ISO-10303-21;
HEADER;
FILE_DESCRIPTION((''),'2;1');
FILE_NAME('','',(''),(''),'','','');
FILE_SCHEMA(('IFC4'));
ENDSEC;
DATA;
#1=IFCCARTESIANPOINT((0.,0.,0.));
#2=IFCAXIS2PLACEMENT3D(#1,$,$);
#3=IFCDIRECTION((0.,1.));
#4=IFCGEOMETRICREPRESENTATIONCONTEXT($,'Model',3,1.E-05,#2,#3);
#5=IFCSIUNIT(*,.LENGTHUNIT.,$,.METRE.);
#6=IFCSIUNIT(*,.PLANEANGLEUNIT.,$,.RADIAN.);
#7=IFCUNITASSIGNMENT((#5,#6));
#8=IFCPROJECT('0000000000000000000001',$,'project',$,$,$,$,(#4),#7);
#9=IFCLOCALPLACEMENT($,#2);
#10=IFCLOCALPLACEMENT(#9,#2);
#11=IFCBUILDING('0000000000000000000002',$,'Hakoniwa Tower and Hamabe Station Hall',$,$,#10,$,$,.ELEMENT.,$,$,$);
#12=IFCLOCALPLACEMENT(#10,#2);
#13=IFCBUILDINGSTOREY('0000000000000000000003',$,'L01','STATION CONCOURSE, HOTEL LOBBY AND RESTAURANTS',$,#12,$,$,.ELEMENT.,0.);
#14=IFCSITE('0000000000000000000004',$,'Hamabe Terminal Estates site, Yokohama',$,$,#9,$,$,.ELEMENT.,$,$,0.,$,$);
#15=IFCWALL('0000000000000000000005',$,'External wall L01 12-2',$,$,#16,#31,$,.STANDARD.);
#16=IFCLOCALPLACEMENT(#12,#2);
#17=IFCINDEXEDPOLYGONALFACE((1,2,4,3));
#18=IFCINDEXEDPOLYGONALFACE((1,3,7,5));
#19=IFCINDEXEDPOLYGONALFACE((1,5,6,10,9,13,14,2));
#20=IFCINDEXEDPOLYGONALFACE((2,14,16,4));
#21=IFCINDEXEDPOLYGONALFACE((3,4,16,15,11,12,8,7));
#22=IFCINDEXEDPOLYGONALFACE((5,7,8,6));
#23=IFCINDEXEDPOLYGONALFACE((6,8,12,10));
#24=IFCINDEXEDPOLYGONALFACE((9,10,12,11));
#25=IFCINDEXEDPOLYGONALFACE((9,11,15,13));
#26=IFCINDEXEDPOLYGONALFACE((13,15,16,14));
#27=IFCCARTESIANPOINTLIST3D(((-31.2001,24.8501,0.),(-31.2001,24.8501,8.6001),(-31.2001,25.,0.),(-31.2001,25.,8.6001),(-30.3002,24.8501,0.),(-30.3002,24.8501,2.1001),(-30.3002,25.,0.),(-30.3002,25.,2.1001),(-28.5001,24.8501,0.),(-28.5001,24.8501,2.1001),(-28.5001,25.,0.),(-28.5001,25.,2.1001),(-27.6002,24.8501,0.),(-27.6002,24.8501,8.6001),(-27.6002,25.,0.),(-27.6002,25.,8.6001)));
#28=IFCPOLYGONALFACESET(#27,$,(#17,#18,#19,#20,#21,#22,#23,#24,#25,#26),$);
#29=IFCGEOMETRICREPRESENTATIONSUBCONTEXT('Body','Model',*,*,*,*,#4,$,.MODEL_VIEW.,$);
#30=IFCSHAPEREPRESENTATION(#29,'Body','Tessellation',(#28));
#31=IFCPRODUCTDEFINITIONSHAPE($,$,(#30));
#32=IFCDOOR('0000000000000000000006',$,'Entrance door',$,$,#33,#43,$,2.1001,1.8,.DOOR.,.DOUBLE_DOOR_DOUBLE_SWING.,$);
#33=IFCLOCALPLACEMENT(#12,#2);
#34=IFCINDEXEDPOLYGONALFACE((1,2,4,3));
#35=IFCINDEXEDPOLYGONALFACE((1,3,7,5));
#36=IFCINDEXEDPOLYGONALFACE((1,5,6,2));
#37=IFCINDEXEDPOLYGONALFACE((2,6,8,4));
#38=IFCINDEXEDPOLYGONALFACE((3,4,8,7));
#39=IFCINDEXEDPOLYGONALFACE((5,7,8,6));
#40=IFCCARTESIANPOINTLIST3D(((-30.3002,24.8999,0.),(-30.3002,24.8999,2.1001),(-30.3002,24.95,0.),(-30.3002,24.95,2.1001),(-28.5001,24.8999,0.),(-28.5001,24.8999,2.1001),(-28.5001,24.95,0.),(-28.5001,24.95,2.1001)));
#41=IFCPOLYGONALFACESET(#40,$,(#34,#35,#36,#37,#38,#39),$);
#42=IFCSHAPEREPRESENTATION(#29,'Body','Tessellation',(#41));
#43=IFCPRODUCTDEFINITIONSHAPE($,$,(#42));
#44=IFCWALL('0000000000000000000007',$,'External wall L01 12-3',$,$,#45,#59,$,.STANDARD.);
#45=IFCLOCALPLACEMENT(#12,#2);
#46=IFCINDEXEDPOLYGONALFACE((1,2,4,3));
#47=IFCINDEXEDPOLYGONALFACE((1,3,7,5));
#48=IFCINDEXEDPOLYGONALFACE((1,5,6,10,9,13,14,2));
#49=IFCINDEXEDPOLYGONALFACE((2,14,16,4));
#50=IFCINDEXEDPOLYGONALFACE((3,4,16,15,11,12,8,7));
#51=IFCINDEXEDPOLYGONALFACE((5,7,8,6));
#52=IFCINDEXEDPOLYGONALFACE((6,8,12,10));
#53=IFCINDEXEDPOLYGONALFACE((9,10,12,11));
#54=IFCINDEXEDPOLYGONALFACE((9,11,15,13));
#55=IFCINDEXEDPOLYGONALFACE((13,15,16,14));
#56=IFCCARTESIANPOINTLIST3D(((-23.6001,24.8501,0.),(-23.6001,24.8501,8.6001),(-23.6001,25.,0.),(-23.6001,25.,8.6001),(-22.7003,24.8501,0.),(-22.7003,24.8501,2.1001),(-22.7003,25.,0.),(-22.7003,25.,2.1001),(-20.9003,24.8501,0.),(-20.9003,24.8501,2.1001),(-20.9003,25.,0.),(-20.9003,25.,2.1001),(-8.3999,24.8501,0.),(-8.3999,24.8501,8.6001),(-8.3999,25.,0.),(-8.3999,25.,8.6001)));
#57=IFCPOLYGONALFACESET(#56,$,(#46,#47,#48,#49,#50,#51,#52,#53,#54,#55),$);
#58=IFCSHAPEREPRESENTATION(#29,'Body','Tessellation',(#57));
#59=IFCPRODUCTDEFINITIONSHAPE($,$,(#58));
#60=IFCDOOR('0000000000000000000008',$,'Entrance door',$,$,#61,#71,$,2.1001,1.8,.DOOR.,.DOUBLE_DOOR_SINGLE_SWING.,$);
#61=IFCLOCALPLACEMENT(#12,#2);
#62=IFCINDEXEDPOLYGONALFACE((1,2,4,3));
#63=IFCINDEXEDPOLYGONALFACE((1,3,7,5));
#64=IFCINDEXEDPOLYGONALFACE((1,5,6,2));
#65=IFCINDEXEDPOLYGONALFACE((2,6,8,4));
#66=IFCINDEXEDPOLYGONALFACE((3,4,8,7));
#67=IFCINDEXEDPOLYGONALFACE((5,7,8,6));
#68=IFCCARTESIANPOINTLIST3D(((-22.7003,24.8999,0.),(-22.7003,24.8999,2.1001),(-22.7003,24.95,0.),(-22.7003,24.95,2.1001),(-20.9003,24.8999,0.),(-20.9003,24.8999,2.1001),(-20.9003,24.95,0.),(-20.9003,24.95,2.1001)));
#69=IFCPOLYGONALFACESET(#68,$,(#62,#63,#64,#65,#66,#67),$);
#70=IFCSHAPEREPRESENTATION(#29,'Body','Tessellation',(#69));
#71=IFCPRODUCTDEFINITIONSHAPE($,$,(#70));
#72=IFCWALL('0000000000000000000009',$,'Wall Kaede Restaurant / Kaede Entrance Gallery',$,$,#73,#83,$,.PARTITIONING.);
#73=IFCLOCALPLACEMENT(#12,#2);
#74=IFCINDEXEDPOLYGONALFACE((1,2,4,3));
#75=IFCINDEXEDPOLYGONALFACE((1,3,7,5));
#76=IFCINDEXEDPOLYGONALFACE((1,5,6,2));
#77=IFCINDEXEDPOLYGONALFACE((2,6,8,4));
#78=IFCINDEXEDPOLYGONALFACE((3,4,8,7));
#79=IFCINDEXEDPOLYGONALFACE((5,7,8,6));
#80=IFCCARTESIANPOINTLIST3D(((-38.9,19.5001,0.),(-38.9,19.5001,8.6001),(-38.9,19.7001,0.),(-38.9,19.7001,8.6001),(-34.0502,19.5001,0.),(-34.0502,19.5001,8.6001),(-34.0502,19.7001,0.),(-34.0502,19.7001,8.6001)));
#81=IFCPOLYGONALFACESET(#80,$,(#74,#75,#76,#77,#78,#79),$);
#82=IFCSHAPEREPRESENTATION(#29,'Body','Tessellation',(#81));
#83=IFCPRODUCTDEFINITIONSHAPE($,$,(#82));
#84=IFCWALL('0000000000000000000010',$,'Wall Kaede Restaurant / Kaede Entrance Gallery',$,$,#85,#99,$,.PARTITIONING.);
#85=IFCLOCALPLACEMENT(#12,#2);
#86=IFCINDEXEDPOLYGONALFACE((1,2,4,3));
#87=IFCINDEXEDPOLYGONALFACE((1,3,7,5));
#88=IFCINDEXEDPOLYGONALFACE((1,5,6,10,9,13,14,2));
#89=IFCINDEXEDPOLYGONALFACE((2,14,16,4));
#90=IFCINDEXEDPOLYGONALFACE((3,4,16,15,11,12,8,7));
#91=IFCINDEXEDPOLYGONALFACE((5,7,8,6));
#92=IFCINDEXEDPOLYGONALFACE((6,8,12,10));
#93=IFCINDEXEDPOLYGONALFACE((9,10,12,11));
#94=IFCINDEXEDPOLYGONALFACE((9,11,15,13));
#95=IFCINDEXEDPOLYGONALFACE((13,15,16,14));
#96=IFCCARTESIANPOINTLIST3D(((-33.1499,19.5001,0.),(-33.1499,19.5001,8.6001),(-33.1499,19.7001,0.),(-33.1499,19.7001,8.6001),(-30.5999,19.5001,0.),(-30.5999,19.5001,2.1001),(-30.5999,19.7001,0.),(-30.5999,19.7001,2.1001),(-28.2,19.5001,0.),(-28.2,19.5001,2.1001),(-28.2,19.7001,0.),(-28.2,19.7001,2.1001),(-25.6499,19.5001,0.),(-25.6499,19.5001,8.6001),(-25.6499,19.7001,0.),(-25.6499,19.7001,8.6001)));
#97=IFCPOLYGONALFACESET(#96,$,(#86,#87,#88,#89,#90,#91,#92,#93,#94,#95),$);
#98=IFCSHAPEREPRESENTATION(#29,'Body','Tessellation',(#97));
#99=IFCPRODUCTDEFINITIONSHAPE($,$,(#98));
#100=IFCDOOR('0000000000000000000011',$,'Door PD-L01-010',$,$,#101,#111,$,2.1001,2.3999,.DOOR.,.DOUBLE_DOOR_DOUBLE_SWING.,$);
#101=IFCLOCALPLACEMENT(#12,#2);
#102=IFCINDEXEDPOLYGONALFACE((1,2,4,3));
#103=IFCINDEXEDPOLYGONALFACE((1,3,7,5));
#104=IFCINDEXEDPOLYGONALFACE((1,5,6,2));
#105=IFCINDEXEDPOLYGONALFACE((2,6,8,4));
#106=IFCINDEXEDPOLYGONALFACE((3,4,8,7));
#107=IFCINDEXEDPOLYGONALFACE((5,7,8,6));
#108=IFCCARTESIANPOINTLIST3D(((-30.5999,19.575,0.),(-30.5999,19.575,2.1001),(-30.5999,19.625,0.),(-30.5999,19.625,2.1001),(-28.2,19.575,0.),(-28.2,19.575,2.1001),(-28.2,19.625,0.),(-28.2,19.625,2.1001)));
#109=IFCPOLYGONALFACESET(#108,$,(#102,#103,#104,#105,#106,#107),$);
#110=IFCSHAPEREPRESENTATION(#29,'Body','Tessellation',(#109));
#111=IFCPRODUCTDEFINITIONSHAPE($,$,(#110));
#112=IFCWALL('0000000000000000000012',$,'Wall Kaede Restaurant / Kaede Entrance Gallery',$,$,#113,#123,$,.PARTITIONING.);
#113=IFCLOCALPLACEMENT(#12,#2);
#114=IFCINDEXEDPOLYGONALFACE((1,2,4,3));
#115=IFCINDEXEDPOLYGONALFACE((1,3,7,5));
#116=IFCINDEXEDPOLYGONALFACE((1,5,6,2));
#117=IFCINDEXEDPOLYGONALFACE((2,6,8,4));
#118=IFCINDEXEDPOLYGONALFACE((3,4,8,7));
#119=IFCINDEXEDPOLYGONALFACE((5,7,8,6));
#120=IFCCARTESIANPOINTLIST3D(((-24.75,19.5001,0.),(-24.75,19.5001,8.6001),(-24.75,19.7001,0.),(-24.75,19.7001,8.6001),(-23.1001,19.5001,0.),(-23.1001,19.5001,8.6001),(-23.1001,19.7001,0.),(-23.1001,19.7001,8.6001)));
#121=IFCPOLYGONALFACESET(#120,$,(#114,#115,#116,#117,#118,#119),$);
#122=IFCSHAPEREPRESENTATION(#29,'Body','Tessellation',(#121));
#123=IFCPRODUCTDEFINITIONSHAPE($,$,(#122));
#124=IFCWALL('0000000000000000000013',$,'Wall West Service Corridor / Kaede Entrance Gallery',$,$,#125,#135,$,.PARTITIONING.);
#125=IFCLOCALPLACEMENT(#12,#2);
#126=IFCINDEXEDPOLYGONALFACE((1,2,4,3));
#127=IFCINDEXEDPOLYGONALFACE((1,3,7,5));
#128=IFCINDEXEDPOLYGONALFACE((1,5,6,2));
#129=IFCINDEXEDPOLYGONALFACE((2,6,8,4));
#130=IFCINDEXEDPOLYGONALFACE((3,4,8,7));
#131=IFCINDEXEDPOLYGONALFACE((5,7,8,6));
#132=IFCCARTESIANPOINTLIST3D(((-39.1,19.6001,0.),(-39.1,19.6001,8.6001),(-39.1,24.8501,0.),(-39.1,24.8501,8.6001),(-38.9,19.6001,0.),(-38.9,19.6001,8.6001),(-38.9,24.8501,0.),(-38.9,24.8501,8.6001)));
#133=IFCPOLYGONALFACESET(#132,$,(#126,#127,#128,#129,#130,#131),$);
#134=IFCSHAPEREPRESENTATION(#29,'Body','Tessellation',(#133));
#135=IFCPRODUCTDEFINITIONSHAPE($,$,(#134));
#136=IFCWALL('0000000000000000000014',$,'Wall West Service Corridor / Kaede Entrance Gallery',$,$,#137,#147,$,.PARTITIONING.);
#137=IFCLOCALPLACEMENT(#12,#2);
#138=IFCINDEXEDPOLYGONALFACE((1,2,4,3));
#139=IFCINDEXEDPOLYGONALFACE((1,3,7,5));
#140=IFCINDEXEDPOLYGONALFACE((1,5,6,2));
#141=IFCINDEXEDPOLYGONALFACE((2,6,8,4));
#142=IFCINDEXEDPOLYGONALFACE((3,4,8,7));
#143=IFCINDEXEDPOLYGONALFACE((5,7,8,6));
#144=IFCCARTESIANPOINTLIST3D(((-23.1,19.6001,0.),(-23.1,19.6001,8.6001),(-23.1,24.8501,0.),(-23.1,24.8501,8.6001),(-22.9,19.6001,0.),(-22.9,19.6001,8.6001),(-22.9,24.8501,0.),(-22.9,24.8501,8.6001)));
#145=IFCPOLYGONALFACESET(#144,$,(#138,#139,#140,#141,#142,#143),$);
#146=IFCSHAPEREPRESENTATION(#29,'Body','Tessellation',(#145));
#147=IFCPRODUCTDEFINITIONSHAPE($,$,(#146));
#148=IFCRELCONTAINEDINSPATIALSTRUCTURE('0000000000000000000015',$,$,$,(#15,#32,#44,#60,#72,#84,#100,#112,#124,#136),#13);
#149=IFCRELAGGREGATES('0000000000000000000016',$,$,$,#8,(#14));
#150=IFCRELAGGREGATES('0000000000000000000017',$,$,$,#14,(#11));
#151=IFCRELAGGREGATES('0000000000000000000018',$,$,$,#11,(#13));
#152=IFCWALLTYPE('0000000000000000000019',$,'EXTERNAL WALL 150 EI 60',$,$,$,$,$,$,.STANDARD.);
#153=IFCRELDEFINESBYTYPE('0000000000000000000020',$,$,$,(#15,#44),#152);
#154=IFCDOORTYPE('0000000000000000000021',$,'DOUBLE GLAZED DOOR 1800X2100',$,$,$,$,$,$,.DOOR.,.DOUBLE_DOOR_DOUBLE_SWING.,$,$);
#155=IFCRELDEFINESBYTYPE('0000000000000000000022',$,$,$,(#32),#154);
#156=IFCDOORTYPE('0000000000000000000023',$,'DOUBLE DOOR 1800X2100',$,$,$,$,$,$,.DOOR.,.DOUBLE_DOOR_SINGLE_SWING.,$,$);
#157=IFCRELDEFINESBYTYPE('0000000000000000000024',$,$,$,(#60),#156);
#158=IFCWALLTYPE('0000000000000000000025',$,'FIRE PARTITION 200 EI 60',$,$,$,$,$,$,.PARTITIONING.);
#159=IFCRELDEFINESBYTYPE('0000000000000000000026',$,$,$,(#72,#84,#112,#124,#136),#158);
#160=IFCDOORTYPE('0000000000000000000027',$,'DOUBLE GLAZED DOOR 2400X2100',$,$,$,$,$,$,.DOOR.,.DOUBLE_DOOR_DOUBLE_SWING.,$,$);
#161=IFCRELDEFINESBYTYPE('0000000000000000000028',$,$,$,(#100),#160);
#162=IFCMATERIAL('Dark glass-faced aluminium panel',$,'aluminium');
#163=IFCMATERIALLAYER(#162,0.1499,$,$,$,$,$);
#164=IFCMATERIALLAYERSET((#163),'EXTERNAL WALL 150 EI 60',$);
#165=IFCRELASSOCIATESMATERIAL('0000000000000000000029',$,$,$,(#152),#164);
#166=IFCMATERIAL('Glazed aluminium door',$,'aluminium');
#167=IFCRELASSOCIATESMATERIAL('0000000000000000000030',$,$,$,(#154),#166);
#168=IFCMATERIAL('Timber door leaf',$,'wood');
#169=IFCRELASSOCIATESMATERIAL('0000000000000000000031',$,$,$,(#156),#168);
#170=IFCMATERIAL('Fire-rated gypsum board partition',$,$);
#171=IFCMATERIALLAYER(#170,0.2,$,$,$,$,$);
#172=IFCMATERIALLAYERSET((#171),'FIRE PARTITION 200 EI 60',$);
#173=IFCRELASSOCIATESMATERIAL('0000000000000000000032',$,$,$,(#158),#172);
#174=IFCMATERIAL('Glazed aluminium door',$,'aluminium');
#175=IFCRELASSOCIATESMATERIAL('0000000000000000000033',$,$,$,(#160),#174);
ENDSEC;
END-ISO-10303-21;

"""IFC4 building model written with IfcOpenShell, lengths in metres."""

from ifc_helpers import new_model, si_unit, direction, frame, frame_2d, origin, place, context, subcontext, project, spatial, rectangle, extrude, material, layer, layer_set, type_object, element, fill, save


model = new_model("IFC4")

# Units and contexts
model_context = context("Model", 3, precision=1e-05, world=origin(), true_north=direction((0.0, 1.0)))
body_context = subcontext(model_context, "Body", "Model", "MODEL_VIEW")
ifc_project = project(units=[si_unit("LENGTHUNIT", "METRE"), si_unit("PLANEANGLEUNIT", "RADIAN")], contexts=[model_context])

# Site, building, storey
site_placement = place(None, origin())
site = spatial("IfcSite", under=ifc_project, at=site_placement, Name="Hamabe Terminal Estates site, Yokohama", CompositionType="ELEMENT", RefElevation=0.0)
building_placement = place(site_placement, origin())
building = spatial("IfcBuilding", under=site, at=building_placement, Name="Hakoniwa Tower and Hamabe Station Hall", CompositionType="ELEMENT")
storey_placement = place(building_placement, origin())
storey = spatial("IfcBuildingStorey", under=building, at=storey_placement, Name="L01", Description="STATION CONCOURSE, HOTEL LOBBY AND RESTAURANTS", CompositionType="ELEMENT", Elevation=0.0)

# Walls, openings, doors
ifc_material_1 = material(Name="Dark glass-faced aluminium panel", Category="aluminium")
ifc_layer_1 = layer(ifc_material_1, 0.1499)
ifc_layer_set_1 = layer_set([ifc_layer_1], Name="EXTERNAL WALL 150 EI 60")
wall_type_1 = type_object("IfcWallType", Name="EXTERNAL WALL 150 EI 60", PredefinedType="STANDARD", material=ifc_layer_set_1)
wall_1_placement = place(storey_placement, frame((-31.2, 24.925, 0.0), z_axis=(0.0, 0.0, 1.0), x_axis=(1.0, 0.0, 0.0)))
wall_1 = element("IfcWall", 1, at=wall_1_placement, inside=storey, type_object=wall_type_1, Name="External wall L01 12-2", PredefinedType="STANDARD", context=body_context, shape_type="SweptSolid", body=[
    extrude(rectangle(XDim=3.5999, YDim=0.1499, at=frame_2d((1.7998, 0.0))), origin(), (0.0, 0.0, 1.0), 8.6001),
])
opening_1_placement = place(wall_1_placement, frame((0.8999, 0.0, 0.0)))
opening_1 = element("IfcOpeningElement", 2, at=opening_1_placement, cuts=wall_1, PredefinedType="OPENING", context=body_context, shape_type="SweptSolid", body=[
    extrude(rectangle(XDim=1.8, YDim=2.1001, at=frame_2d((0.8999, 1.05))), frame((0.0, 0.085, 0.0), z_axis=(0.0, -1.0, 0.0), x_axis=(1.0, 0.0, 0.0)), (0.0, 0.0, 1.0), 0.1699),
])
ifc_material_2 = material(Name="Glazed aluminium door", Category="aluminium")
door_type_1 = type_object("IfcDoorType", Name="DOUBLE GLAZED DOOR 1800X2100", OperationType="DOUBLE_DOOR_DOUBLE_SWING", PredefinedType="DOOR", material=ifc_material_2)
door_1_placement = place(opening_1_placement, origin())
door_1 = element("IfcDoor", 3, at=door_1_placement, inside=storey, type_object=door_type_1, Name="Entrance door", OperationType="DOUBLE_DOOR_DOUBLE_SWING", OverallHeight=2.1001, OverallWidth=1.8, PredefinedType="DOOR", context=body_context, shape_type="SweptSolid", body=[
    extrude(rectangle(XDim=1.8, YDim=2.1001, at=frame_2d((0.8999, 1.05))), frame((0.0, 0.0249, 0.0), z_axis=(0.0, -1.0, 0.0), x_axis=(1.0, 0.0, 0.0)), (0.0, 0.0, 1.0), 0.05),
])
fill(opening_1, door_1)
wall_2_placement = place(storey_placement, frame((-23.6001, 24.925, 0.0), z_axis=(0.0, 0.0, 1.0), x_axis=(1.0, 0.0, 0.0)))
wall_2 = element("IfcWall", 4, at=wall_2_placement, inside=storey, type_object=wall_type_1, Name="External wall L01 12-3", PredefinedType="STANDARD", context=body_context, shape_type="SweptSolid", body=[
    extrude(rectangle(XDim=15.2002, YDim=0.1499, at=frame_2d((7.6001, 0.0))), origin(), (0.0, 0.0, 1.0), 8.6001),
])
opening_2_placement = place(wall_2_placement, frame((0.8999, 0.0, 0.0)))
opening_2 = element("IfcOpeningElement", 5, at=opening_2_placement, cuts=wall_2, PredefinedType="OPENING", context=body_context, shape_type="SweptSolid", body=[
    extrude(rectangle(XDim=1.8, YDim=2.1001, at=frame_2d((0.8999, 1.05))), frame((0.0, 0.085, 0.0), z_axis=(0.0, -1.0, 0.0), x_axis=(1.0, 0.0, 0.0)), (0.0, 0.0, 1.0), 0.1699),
])
ifc_material_3 = material(Name="Timber door leaf", Category="wood")
door_type_2 = type_object("IfcDoorType", Name="DOUBLE DOOR 1800X2100", OperationType="DOUBLE_DOOR_SINGLE_SWING", PredefinedType="DOOR", material=ifc_material_3)
door_2_placement = place(opening_2_placement, origin())
door_2 = element("IfcDoor", 6, at=door_2_placement, inside=storey, type_object=door_type_2, Name="Entrance door", OperationType="DOUBLE_DOOR_SINGLE_SWING", OverallHeight=2.1001, OverallWidth=1.8, PredefinedType="DOOR", context=body_context, shape_type="SweptSolid", body=[
    extrude(rectangle(XDim=1.8, YDim=2.1001, at=frame_2d((0.8999, 1.05))), frame((0.0, 0.0249, 0.0), z_axis=(0.0, -1.0, 0.0), x_axis=(1.0, 0.0, 0.0)), (0.0, 0.0, 1.0), 0.05),
])
fill(opening_2, door_2)

# Wall
ifc_material_4 = material(Name="Fire-rated gypsum board partition")
ifc_layer_2 = layer(ifc_material_4, 0.2)
ifc_layer_set_2 = layer_set([ifc_layer_2], Name="FIRE PARTITION 200 EI 60")
wall_type_2 = type_object("IfcWallType", Name="FIRE PARTITION 200 EI 60", PredefinedType="PARTITIONING", material=ifc_layer_set_2)
wall_3_placement = place(storey_placement, frame((-38.8999, 19.6001, 0.0), z_axis=(0.0, 0.0, 1.0), x_axis=(1.0, 0.0, 0.0)))
element("IfcWall", 7, at=wall_3_placement, inside=storey, type_object=wall_type_2, Name="Wall Kaede Restaurant / Kaede Entrance Gallery", PredefinedType="PARTITIONING", context=body_context, shape_type="SweptSolid", body=[
    extrude(rectangle(XDim=4.8499, YDim=0.2, at=frame_2d((2.4248, 0.0))), origin(), (0.0, 0.0, 1.0), 8.6001),
])

# Wall, opening, door
wall_4_placement = place(storey_placement, frame((-33.1499, 19.6001, 0.0), z_axis=(0.0, 0.0, 1.0), x_axis=(1.0, 0.0, 0.0)))
wall_4 = element("IfcWall", 8, at=wall_4_placement, inside=storey, type_object=wall_type_2, Name="Wall Kaede Restaurant / Kaede Entrance Gallery", PredefinedType="PARTITIONING", context=body_context, shape_type="SweptSolid", body=[
    extrude(rectangle(XDim=7.5, YDim=0.2, at=frame_2d((3.75, 0.0))), origin(), (0.0, 0.0, 1.0), 8.6001),
])
opening_3_placement = place(wall_4_placement, frame((2.55, 0.0, 0.0)))
opening_3 = element("IfcOpeningElement", 9, at=opening_3_placement, cuts=wall_4, PredefinedType="OPENING", context=body_context, shape_type="SweptSolid", body=[
    extrude(rectangle(XDim=2.3999, YDim=2.1001, at=frame_2d((1.2, 1.05))), frame((0.0, 0.1099, 0.0), z_axis=(0.0, -1.0, 0.0), x_axis=(1.0, 0.0, 0.0)), (0.0, 0.0, 1.0), 0.22),
])
ifc_material_5 = material(Name="Glazed aluminium door", Category="aluminium")
door_type_3 = type_object("IfcDoorType", Name="DOUBLE GLAZED DOOR 2400X2100", OperationType="DOUBLE_DOOR_DOUBLE_SWING", PredefinedType="DOOR", material=ifc_material_5)
door_3_placement = place(opening_3_placement, origin())
door_3 = element("IfcDoor", 10, at=door_3_placement, inside=storey, type_object=door_type_3, Name="Door PD-L01-010", OperationType="DOUBLE_DOOR_DOUBLE_SWING", OverallHeight=2.1001, OverallWidth=2.3999, PredefinedType="DOOR", context=body_context, shape_type="SweptSolid", body=[
    extrude(rectangle(XDim=2.3999, YDim=2.1001, at=frame_2d((1.2, 1.05))), frame((0.0, 0.0249, 0.0), z_axis=(0.0, -1.0, 0.0), x_axis=(1.0, 0.0, 0.0)), (0.0, 0.0, 1.0), 0.05),
])
fill(opening_3, door_3)

# Walls
wall_5_placement = place(storey_placement, frame((-24.75, 19.6001, 0.0), z_axis=(0.0, 0.0, 1.0), x_axis=(1.0, 0.0, 0.0)))
element("IfcWall", 11, at=wall_5_placement, inside=storey, type_object=wall_type_2, Name="Wall Kaede Restaurant / Kaede Entrance Gallery", PredefinedType="PARTITIONING", context=body_context, shape_type="SweptSolid", body=[
    extrude(rectangle(XDim=1.6499, YDim=0.2, at=frame_2d((0.825, 0.0))), origin(), (0.0, 0.0, 1.0), 8.6001),
])
for number, where, z_axis, x_axis, name in (
    (12, (-39.0, 24.8501, 0.0), (0.0, 0.0, 1.0), (0.0, -1.0, 0.0), "Wall West Service Corridor / Kaede Entrance Gallery"),
    (13, (-23.0, 19.6001, 0.0), (0.0, 0.0, 1.0), (0.0, 1.0, 0.0), "Wall West Service Corridor / Kaede Entrance Gallery"),
):
    element("IfcWall", number, at=place(storey_placement, frame(where, z_axis=z_axis, x_axis=x_axis)), inside=storey, type_object=wall_type_2, Name=name, PredefinedType="PARTITIONING", context=body_context, shape_type="SweptSolid", body=[
        extrude(rectangle(XDim=5.25, YDim=0.2, at=frame_2d((2.625, 0.0))), origin(), (0.0, 0.0, 1.0), 8.6001),
    ])

save(model, "model.ifc")
